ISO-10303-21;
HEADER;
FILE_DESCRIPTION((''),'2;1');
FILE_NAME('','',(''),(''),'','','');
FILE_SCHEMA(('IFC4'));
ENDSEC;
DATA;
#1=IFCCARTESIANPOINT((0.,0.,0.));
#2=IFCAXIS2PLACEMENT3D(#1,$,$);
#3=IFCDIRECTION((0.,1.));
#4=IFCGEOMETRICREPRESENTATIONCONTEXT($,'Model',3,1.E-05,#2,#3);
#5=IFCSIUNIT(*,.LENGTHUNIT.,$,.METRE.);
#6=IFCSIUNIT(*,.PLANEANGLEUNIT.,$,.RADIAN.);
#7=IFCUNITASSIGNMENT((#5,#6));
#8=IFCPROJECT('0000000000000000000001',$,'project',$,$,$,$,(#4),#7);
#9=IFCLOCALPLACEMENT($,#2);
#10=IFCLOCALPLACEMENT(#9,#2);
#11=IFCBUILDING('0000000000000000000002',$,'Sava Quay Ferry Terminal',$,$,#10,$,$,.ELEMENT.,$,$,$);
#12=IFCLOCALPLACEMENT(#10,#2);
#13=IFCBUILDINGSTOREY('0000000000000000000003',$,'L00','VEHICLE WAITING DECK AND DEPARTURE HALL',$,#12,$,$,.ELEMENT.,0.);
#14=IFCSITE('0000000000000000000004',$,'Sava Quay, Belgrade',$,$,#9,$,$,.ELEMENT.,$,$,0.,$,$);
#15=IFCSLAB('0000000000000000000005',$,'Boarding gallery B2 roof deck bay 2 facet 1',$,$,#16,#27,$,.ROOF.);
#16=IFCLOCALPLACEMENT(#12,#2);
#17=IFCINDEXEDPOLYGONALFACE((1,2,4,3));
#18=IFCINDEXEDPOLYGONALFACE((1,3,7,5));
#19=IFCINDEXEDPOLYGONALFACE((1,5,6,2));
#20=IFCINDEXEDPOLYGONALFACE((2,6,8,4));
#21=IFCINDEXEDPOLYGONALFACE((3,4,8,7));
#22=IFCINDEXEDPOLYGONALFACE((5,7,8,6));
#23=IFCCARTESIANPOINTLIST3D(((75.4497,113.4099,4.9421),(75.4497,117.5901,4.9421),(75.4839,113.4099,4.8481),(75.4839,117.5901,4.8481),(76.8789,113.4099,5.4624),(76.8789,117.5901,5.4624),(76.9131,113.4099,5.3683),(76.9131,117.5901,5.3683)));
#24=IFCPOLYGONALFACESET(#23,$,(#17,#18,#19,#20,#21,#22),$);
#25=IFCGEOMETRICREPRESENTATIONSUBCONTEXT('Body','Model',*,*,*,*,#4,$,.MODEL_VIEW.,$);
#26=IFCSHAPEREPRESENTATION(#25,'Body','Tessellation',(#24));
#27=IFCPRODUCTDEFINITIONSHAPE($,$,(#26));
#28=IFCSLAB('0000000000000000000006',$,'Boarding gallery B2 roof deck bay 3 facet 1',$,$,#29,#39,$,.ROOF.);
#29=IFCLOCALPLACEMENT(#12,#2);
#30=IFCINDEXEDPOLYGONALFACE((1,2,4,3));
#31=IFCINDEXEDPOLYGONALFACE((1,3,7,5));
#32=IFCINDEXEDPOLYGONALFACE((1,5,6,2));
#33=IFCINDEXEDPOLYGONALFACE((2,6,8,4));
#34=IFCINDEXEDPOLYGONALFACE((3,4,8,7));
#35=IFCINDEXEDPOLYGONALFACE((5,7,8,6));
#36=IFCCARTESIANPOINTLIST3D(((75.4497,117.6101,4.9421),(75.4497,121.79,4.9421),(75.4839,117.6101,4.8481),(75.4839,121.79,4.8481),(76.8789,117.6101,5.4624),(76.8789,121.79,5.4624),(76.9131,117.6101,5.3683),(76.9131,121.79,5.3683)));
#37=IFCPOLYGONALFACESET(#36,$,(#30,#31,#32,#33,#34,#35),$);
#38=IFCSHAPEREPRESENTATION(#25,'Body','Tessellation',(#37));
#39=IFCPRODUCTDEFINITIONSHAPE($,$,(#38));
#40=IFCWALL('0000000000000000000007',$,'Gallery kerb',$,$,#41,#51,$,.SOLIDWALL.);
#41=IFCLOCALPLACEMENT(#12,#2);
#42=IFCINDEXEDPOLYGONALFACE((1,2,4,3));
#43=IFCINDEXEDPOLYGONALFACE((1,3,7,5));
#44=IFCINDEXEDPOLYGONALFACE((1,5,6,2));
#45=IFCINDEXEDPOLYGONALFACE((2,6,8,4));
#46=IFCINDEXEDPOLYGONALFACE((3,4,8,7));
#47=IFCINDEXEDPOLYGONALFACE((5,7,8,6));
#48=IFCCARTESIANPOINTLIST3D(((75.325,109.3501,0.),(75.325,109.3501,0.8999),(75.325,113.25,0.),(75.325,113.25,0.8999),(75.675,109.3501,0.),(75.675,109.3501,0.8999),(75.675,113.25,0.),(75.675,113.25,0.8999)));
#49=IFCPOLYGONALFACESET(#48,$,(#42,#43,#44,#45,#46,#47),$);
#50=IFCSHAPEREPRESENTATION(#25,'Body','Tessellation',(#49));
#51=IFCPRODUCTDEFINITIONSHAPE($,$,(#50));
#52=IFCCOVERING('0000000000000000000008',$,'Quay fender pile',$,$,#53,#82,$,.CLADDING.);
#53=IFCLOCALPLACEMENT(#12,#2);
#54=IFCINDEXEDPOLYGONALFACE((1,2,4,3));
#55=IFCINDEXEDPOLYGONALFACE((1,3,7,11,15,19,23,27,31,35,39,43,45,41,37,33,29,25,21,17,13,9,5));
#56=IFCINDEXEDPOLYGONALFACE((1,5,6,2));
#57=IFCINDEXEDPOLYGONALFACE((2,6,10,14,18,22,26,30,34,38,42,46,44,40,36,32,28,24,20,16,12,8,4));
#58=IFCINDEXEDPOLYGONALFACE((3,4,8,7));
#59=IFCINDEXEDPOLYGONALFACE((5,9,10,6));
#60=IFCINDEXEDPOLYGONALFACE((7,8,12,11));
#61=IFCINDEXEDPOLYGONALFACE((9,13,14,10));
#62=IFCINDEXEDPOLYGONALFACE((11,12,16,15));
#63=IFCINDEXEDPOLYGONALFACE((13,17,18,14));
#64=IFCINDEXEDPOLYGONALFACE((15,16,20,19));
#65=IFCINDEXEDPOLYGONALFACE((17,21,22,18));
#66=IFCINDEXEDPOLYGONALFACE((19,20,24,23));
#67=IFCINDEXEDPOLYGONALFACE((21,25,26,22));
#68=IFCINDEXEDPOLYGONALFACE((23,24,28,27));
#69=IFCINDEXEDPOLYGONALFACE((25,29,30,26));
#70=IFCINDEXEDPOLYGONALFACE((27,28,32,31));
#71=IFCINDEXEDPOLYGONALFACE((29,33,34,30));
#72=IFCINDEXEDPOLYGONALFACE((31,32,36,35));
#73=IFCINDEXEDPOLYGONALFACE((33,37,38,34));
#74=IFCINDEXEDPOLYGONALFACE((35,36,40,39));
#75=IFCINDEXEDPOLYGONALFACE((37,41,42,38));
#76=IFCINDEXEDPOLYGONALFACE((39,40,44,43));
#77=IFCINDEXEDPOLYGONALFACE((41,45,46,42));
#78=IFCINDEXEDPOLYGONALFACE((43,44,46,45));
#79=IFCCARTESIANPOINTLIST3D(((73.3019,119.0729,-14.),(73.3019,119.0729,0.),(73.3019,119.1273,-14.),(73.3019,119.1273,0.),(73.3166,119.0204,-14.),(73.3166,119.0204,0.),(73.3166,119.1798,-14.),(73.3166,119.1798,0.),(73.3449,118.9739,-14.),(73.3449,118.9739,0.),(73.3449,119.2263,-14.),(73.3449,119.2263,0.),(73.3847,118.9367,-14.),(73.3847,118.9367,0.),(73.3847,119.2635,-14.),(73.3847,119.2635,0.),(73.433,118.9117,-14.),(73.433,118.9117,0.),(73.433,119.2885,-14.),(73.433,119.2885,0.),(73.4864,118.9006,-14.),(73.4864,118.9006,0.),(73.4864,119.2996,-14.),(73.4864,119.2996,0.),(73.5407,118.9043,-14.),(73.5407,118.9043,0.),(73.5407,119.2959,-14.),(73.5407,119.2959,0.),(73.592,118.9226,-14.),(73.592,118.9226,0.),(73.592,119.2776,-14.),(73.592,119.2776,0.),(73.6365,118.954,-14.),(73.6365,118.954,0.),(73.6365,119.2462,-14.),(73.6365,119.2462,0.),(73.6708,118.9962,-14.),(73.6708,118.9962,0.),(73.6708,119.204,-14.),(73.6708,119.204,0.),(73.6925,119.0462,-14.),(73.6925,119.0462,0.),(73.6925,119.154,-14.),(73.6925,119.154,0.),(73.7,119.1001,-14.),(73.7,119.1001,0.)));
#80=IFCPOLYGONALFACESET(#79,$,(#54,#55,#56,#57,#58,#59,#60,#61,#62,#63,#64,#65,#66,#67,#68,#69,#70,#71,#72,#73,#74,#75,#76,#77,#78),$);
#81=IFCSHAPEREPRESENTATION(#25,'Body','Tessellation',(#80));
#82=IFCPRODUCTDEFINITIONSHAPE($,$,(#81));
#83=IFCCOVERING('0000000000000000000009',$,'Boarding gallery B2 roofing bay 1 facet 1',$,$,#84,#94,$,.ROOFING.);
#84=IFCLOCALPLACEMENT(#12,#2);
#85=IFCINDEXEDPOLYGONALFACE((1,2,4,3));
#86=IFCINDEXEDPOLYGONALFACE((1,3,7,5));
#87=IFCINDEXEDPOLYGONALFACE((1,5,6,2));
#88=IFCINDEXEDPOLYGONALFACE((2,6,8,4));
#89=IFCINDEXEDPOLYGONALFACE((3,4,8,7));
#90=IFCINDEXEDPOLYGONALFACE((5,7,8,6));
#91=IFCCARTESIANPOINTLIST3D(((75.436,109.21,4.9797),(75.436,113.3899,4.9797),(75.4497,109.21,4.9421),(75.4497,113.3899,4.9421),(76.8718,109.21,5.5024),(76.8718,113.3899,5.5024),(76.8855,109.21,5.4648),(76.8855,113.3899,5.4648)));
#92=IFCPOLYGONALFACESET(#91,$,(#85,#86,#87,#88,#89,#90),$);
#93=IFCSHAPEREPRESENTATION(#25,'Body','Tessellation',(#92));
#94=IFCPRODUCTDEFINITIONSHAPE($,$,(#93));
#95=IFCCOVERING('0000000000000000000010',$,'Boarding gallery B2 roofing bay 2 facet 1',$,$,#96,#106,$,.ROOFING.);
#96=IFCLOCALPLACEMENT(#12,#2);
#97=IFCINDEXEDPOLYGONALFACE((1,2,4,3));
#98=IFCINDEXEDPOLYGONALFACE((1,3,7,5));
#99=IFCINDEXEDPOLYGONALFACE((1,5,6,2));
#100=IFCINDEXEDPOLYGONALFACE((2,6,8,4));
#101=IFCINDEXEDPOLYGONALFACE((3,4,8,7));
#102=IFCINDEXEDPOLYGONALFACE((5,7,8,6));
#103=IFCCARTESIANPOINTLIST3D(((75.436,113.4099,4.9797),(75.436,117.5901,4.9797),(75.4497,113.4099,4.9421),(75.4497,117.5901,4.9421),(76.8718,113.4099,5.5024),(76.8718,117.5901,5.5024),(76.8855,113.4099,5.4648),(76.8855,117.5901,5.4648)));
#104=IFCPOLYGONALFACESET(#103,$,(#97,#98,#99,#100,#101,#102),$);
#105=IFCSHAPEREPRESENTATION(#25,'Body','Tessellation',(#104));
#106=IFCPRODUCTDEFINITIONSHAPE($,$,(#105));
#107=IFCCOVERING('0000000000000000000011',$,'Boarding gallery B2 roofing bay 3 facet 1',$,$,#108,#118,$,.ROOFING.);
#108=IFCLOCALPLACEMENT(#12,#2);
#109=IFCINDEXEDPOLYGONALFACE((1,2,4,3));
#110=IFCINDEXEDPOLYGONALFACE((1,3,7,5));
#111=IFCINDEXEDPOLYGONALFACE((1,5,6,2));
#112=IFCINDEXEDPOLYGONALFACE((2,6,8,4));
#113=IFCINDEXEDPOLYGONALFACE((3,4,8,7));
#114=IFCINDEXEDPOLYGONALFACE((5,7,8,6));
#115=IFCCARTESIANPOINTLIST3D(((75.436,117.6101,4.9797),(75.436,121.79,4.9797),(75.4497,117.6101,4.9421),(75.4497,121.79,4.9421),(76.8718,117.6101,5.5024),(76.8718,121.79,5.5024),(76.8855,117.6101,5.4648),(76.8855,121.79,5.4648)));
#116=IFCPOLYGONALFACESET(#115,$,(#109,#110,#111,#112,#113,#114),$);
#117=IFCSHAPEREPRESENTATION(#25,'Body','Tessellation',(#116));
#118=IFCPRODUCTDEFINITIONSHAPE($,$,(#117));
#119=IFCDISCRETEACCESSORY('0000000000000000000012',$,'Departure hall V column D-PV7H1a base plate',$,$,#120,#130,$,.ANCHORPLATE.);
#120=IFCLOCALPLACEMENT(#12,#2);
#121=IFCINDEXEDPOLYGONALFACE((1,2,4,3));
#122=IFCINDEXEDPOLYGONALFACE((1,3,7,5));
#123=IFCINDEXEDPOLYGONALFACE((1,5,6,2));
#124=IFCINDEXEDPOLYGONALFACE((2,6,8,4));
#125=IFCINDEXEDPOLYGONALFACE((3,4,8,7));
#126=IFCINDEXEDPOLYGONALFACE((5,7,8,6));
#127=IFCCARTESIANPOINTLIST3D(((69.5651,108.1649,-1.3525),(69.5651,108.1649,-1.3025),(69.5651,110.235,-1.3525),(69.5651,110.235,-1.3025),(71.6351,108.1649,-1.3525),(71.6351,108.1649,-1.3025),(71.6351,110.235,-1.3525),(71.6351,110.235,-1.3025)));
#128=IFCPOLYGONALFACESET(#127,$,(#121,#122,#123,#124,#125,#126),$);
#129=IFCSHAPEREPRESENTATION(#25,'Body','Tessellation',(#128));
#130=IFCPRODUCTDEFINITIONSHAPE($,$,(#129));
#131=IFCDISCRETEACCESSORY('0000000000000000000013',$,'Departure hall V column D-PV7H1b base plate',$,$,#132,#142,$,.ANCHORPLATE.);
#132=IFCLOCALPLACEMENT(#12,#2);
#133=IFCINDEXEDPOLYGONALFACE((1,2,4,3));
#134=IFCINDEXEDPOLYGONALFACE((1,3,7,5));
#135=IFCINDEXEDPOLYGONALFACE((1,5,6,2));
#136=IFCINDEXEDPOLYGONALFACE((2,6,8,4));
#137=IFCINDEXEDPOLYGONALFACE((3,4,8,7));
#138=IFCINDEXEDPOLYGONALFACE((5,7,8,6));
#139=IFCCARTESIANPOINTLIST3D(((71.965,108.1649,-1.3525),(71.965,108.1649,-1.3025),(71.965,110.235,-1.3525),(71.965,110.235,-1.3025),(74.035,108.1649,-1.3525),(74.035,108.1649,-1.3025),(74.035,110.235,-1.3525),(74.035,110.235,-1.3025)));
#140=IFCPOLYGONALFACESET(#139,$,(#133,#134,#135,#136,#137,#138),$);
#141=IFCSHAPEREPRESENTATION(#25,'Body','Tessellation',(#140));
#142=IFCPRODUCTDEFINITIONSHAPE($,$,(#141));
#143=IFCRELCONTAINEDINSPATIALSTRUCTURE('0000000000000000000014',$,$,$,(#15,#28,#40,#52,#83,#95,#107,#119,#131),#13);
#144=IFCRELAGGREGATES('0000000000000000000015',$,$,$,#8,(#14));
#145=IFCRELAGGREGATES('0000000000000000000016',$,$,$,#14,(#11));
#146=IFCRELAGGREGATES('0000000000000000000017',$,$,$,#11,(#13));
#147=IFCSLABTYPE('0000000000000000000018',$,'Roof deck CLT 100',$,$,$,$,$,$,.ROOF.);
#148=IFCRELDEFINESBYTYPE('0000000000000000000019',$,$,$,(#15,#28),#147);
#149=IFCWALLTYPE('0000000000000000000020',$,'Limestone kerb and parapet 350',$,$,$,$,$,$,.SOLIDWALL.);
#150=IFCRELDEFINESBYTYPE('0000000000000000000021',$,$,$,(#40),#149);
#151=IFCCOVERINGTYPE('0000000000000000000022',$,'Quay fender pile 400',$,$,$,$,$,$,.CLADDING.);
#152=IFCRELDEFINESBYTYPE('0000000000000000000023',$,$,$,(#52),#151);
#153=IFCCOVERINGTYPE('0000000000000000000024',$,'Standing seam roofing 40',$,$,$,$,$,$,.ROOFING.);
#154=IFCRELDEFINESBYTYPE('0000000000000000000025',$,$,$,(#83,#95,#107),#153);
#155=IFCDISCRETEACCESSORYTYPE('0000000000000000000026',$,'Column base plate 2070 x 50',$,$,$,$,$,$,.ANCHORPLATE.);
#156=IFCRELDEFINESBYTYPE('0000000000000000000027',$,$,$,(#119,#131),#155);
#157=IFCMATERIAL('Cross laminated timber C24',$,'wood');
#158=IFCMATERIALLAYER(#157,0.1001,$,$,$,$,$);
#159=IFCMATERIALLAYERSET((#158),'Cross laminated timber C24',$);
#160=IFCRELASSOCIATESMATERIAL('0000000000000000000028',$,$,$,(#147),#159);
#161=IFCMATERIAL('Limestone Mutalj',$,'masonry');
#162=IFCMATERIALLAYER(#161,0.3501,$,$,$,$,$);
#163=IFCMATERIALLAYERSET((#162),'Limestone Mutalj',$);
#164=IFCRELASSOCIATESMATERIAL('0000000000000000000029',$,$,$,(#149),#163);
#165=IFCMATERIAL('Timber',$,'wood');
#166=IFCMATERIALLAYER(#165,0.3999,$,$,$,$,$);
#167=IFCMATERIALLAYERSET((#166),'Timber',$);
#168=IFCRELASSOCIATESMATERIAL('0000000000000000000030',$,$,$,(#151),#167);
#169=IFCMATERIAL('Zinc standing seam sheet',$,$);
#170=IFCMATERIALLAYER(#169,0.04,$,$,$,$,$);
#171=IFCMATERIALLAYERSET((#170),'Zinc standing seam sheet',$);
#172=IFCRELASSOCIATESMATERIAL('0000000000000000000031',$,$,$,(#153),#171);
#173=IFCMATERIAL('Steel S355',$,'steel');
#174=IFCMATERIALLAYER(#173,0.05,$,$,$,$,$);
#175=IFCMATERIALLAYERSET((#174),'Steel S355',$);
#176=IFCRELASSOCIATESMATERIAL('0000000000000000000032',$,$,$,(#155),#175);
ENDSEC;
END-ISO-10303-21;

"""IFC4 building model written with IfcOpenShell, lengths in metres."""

from ifc_helpers import new_model, si_unit, direction, frame, frame_2d, origin, origin_2d, place, context, subcontext, project, spatial, polyline, rectangle, circle, outline, extrude, material, layer, layer_set, type_object, element, save


model = new_model("IFC4")

# Units and contexts
model_context = context("Model", 3, precision=1e-05, world=origin(), true_north=direction((0.0, 1.0)))
body_context = subcontext(model_context, "Body", "Model", "MODEL_VIEW")
ifc_project = project(units=[si_unit("LENGTHUNIT", "METRE"), si_unit("PLANEANGLEUNIT", "RADIAN")], contexts=[model_context])

# Site, building, storey
site_placement = place(None, origin())
site = spatial("IfcSite", under=ifc_project, at=site_placement, Name="Sava Quay, Belgrade", CompositionType="ELEMENT", RefElevation=0.0)
building_placement = place(site_placement, origin())
building = spatial("IfcBuilding", under=site, at=building_placement, Name="Sava Quay Ferry Terminal", CompositionType="ELEMENT")
storey_placement = place(building_placement, origin())
storey = spatial("IfcBuildingStorey", under=building, at=storey_placement, Name="L00", Description="VEHICLE WAITING DECK AND DEPARTURE HALL", CompositionType="ELEMENT", Elevation=0.0)

# Slabs
ifc_material_1 = material(Name="Cross laminated timber C24", Category="wood")
ifc_layer_1 = layer(ifc_material_1, 0.1001)
ifc_layer_set_1 = layer_set([ifc_layer_1], Name="Cross laminated timber C24")
slab_type = type_object("IfcSlabType", Name="Roof deck CLT 100", PredefinedType="ROOF", material=ifc_layer_set_1)
slab_1_placement = place(storey_placement, frame((75.4497, 113.4099, 4.9421), z_axis=(-0.342065, 0.0, 0.939676), x_axis=(0.939676, 0.0, 0.342065)))
element("IfcSlab", 1, at=slab_1_placement, inside=storey, type_object=slab_type, Name="Boarding gallery B2 roof deck bay 2 facet 1", PredefinedType="ROOF", context=body_context, shape_type="SweptSolid", body=[
    extrude(outline(polyline([(0.0, 0.0), (1.5209, 0.0), (1.5209, 4.1802), (0.0, 4.1802), (0.0, 0.0)])), origin(), (0.0, 0.0, -1.0), 0.1001),
])
slab_2_placement = place(storey_placement, frame((75.4497, 117.6101, 4.9421), z_axis=(-0.342065, 0.0, 0.939676), x_axis=(0.939676, 0.0, 0.342065)))
element("IfcSlab", 2, at=slab_2_placement, inside=storey, type_object=slab_type, Name="Boarding gallery B2 roof deck bay 3 facet 1", PredefinedType="ROOF", context=body_context, shape_type="SweptSolid", body=[
    extrude(outline(polyline([(0.0, 0.0), (1.5209, 0.0), (1.5209, 4.1799), (0.0, 4.1799), (0.0, 0.0)])), origin(), (0.0, 0.0, -1.0), 0.1001),
])

# Wall
ifc_material_2 = material(Name="Limestone Mutalj", Category="masonry")
ifc_layer_2 = layer(ifc_material_2, 0.3501)
ifc_layer_set_2 = layer_set([ifc_layer_2], Name="Limestone Mutalj")
wall_type = type_object("IfcWallType", Name="Limestone kerb and parapet 350", PredefinedType="SOLIDWALL", material=ifc_layer_set_2)
wall_placement = place(storey_placement, frame((75.5, 109.3501, 0.0), z_axis=(0.0, 0.0, 1.0), x_axis=(0.0, 1.0, 0.0)))
element("IfcWall", 3, at=wall_placement, inside=storey, type_object=wall_type, Name="Gallery kerb", PredefinedType="SOLIDWALL", context=body_context, shape_type="SweptSolid", body=[
    extrude(rectangle(XDim=3.8999, YDim=0.3501, at=frame_2d((1.95, 0.0))), origin(), (0.0, 0.0, 1.0), 0.8999),
])

# Coverings
ifc_material_3 = material(Name="Timber", Category="wood")
ifc_layer_3 = layer(ifc_material_3, 0.3999)
ifc_layer_set_3 = layer_set([ifc_layer_3], Name="Timber")
covering_type_1 = type_object("IfcCoveringType", Name="Quay fender pile 400", PredefinedType="CLADDING", material=ifc_layer_set_3)
covering_1_placement = place(storey_placement, frame((73.5, 119.1001, 0.0), z_axis=(0.0, 0.0, -1.0), x_axis=(1.0, 0.0, 0.0)))
element("IfcCovering", 4, at=covering_1_placement, inside=storey, type_object=covering_type_1, Name="Quay fender pile", PredefinedType="CLADDING", context=body_context, shape_type="SweptSolid", body=[
    extrude(circle(Radius=0.2, at=origin_2d()), origin(), (0.0, 0.0, 1.0), 14.0),
])
ifc_material_4 = material(Name="Zinc standing seam sheet")
ifc_layer_4 = layer(ifc_material_4, 0.04)
ifc_layer_set_4 = layer_set([ifc_layer_4], Name="Zinc standing seam sheet")
covering_type_2 = type_object("IfcCoveringType", Name="Standing seam roofing 40", PredefinedType="ROOFING", material=ifc_layer_set_4)
covering_2_placement = place(storey_placement, frame((75.436, 109.21, 4.9797), z_axis=(-0.342089, 0.0, 0.939667), x_axis=(0.939667, 0.0, 0.342089)))
element("IfcCovering", 5, at=covering_2_placement, inside=storey, type_object=covering_type_2, Name="Boarding gallery B2 roofing bay 1 facet 1", PredefinedType="ROOFING", context=body_context, shape_type="SweptSolid", body=[
    extrude(outline(polyline([(0.0, 0.0), (1.528, 0.0), (1.528, 4.1799), (0.0, 4.1799), (0.0, 0.0)])), origin(), (0.0, 0.0, -1.0), 0.04),
])
covering_3_placement = place(storey_placement, frame((75.436, 113.4099, 4.9797), z_axis=(-0.342089, 0.0, 0.939667), x_axis=(0.939667, 0.0, 0.342089)))
element("IfcCovering", 6, at=covering_3_placement, inside=storey, type_object=covering_type_2, Name="Boarding gallery B2 roofing bay 2 facet 1", PredefinedType="ROOFING", context=body_context, shape_type="SweptSolid", body=[
    extrude(outline(polyline([(0.0, 0.0), (1.528, 0.0), (1.528, 4.1802), (0.0, 4.1802), (0.0, 0.0)])), origin(), (0.0, 0.0, -1.0), 0.04),
])
covering_4_placement = place(storey_placement, frame((75.436, 117.6101, 4.9797), z_axis=(-0.342089, 0.0, 0.939667), x_axis=(0.939667, 0.0, 0.342089)))
element("IfcCovering", 7, at=covering_4_placement, inside=storey, type_object=covering_type_2, Name="Boarding gallery B2 roofing bay 3 facet 1", PredefinedType="ROOFING", context=body_context, shape_type="SweptSolid", body=[
    extrude(outline(polyline([(0.0, 0.0), (1.528, 0.0), (1.528, 4.1799), (0.0, 4.1799), (0.0, 0.0)])), origin(), (0.0, 0.0, -1.0), 0.04),
])

# Discrete accessories
ifc_material_5 = material(Name="Steel S355", Category="steel")
ifc_layer_5 = layer(ifc_material_5, 0.05)
ifc_layer_set_5 = layer_set([ifc_layer_5], Name="Steel S355")
discrete_accessory_type = type_object("IfcDiscreteAccessoryType", Name="Column base plate 2070 x 50", PredefinedType="ANCHORPLATE", material=ifc_layer_set_5)
for number, where, z_axis, x_axis, name in (
    (8, (70.6001, 109.2, -1.3525), (0.0, 0.0, 1.0), (1.0, 0.0, 0.0), "Departure hall V column D-PV7H1a base plate"),
    (9, (73.0, 109.2, -1.3525), (0.0, 0.0, 1.0), (1.0, 0.0, 0.0), "Departure hall V column D-PV7H1b base plate"),
):
    element("IfcDiscreteAccessory", number, at=place(storey_placement, frame(where, z_axis=z_axis, x_axis=x_axis)), inside=storey, type_object=discrete_accessory_type, Name=name, PredefinedType="ANCHORPLATE", context=body_context, shape_type="SweptSolid", body=[
        extrude(rectangle(XDim=2.0701, YDim=2.0701, at=origin_2d()), origin(), (0.0, 0.0, 1.0), 0.05),
    ])

save(model, "model.ifc")
